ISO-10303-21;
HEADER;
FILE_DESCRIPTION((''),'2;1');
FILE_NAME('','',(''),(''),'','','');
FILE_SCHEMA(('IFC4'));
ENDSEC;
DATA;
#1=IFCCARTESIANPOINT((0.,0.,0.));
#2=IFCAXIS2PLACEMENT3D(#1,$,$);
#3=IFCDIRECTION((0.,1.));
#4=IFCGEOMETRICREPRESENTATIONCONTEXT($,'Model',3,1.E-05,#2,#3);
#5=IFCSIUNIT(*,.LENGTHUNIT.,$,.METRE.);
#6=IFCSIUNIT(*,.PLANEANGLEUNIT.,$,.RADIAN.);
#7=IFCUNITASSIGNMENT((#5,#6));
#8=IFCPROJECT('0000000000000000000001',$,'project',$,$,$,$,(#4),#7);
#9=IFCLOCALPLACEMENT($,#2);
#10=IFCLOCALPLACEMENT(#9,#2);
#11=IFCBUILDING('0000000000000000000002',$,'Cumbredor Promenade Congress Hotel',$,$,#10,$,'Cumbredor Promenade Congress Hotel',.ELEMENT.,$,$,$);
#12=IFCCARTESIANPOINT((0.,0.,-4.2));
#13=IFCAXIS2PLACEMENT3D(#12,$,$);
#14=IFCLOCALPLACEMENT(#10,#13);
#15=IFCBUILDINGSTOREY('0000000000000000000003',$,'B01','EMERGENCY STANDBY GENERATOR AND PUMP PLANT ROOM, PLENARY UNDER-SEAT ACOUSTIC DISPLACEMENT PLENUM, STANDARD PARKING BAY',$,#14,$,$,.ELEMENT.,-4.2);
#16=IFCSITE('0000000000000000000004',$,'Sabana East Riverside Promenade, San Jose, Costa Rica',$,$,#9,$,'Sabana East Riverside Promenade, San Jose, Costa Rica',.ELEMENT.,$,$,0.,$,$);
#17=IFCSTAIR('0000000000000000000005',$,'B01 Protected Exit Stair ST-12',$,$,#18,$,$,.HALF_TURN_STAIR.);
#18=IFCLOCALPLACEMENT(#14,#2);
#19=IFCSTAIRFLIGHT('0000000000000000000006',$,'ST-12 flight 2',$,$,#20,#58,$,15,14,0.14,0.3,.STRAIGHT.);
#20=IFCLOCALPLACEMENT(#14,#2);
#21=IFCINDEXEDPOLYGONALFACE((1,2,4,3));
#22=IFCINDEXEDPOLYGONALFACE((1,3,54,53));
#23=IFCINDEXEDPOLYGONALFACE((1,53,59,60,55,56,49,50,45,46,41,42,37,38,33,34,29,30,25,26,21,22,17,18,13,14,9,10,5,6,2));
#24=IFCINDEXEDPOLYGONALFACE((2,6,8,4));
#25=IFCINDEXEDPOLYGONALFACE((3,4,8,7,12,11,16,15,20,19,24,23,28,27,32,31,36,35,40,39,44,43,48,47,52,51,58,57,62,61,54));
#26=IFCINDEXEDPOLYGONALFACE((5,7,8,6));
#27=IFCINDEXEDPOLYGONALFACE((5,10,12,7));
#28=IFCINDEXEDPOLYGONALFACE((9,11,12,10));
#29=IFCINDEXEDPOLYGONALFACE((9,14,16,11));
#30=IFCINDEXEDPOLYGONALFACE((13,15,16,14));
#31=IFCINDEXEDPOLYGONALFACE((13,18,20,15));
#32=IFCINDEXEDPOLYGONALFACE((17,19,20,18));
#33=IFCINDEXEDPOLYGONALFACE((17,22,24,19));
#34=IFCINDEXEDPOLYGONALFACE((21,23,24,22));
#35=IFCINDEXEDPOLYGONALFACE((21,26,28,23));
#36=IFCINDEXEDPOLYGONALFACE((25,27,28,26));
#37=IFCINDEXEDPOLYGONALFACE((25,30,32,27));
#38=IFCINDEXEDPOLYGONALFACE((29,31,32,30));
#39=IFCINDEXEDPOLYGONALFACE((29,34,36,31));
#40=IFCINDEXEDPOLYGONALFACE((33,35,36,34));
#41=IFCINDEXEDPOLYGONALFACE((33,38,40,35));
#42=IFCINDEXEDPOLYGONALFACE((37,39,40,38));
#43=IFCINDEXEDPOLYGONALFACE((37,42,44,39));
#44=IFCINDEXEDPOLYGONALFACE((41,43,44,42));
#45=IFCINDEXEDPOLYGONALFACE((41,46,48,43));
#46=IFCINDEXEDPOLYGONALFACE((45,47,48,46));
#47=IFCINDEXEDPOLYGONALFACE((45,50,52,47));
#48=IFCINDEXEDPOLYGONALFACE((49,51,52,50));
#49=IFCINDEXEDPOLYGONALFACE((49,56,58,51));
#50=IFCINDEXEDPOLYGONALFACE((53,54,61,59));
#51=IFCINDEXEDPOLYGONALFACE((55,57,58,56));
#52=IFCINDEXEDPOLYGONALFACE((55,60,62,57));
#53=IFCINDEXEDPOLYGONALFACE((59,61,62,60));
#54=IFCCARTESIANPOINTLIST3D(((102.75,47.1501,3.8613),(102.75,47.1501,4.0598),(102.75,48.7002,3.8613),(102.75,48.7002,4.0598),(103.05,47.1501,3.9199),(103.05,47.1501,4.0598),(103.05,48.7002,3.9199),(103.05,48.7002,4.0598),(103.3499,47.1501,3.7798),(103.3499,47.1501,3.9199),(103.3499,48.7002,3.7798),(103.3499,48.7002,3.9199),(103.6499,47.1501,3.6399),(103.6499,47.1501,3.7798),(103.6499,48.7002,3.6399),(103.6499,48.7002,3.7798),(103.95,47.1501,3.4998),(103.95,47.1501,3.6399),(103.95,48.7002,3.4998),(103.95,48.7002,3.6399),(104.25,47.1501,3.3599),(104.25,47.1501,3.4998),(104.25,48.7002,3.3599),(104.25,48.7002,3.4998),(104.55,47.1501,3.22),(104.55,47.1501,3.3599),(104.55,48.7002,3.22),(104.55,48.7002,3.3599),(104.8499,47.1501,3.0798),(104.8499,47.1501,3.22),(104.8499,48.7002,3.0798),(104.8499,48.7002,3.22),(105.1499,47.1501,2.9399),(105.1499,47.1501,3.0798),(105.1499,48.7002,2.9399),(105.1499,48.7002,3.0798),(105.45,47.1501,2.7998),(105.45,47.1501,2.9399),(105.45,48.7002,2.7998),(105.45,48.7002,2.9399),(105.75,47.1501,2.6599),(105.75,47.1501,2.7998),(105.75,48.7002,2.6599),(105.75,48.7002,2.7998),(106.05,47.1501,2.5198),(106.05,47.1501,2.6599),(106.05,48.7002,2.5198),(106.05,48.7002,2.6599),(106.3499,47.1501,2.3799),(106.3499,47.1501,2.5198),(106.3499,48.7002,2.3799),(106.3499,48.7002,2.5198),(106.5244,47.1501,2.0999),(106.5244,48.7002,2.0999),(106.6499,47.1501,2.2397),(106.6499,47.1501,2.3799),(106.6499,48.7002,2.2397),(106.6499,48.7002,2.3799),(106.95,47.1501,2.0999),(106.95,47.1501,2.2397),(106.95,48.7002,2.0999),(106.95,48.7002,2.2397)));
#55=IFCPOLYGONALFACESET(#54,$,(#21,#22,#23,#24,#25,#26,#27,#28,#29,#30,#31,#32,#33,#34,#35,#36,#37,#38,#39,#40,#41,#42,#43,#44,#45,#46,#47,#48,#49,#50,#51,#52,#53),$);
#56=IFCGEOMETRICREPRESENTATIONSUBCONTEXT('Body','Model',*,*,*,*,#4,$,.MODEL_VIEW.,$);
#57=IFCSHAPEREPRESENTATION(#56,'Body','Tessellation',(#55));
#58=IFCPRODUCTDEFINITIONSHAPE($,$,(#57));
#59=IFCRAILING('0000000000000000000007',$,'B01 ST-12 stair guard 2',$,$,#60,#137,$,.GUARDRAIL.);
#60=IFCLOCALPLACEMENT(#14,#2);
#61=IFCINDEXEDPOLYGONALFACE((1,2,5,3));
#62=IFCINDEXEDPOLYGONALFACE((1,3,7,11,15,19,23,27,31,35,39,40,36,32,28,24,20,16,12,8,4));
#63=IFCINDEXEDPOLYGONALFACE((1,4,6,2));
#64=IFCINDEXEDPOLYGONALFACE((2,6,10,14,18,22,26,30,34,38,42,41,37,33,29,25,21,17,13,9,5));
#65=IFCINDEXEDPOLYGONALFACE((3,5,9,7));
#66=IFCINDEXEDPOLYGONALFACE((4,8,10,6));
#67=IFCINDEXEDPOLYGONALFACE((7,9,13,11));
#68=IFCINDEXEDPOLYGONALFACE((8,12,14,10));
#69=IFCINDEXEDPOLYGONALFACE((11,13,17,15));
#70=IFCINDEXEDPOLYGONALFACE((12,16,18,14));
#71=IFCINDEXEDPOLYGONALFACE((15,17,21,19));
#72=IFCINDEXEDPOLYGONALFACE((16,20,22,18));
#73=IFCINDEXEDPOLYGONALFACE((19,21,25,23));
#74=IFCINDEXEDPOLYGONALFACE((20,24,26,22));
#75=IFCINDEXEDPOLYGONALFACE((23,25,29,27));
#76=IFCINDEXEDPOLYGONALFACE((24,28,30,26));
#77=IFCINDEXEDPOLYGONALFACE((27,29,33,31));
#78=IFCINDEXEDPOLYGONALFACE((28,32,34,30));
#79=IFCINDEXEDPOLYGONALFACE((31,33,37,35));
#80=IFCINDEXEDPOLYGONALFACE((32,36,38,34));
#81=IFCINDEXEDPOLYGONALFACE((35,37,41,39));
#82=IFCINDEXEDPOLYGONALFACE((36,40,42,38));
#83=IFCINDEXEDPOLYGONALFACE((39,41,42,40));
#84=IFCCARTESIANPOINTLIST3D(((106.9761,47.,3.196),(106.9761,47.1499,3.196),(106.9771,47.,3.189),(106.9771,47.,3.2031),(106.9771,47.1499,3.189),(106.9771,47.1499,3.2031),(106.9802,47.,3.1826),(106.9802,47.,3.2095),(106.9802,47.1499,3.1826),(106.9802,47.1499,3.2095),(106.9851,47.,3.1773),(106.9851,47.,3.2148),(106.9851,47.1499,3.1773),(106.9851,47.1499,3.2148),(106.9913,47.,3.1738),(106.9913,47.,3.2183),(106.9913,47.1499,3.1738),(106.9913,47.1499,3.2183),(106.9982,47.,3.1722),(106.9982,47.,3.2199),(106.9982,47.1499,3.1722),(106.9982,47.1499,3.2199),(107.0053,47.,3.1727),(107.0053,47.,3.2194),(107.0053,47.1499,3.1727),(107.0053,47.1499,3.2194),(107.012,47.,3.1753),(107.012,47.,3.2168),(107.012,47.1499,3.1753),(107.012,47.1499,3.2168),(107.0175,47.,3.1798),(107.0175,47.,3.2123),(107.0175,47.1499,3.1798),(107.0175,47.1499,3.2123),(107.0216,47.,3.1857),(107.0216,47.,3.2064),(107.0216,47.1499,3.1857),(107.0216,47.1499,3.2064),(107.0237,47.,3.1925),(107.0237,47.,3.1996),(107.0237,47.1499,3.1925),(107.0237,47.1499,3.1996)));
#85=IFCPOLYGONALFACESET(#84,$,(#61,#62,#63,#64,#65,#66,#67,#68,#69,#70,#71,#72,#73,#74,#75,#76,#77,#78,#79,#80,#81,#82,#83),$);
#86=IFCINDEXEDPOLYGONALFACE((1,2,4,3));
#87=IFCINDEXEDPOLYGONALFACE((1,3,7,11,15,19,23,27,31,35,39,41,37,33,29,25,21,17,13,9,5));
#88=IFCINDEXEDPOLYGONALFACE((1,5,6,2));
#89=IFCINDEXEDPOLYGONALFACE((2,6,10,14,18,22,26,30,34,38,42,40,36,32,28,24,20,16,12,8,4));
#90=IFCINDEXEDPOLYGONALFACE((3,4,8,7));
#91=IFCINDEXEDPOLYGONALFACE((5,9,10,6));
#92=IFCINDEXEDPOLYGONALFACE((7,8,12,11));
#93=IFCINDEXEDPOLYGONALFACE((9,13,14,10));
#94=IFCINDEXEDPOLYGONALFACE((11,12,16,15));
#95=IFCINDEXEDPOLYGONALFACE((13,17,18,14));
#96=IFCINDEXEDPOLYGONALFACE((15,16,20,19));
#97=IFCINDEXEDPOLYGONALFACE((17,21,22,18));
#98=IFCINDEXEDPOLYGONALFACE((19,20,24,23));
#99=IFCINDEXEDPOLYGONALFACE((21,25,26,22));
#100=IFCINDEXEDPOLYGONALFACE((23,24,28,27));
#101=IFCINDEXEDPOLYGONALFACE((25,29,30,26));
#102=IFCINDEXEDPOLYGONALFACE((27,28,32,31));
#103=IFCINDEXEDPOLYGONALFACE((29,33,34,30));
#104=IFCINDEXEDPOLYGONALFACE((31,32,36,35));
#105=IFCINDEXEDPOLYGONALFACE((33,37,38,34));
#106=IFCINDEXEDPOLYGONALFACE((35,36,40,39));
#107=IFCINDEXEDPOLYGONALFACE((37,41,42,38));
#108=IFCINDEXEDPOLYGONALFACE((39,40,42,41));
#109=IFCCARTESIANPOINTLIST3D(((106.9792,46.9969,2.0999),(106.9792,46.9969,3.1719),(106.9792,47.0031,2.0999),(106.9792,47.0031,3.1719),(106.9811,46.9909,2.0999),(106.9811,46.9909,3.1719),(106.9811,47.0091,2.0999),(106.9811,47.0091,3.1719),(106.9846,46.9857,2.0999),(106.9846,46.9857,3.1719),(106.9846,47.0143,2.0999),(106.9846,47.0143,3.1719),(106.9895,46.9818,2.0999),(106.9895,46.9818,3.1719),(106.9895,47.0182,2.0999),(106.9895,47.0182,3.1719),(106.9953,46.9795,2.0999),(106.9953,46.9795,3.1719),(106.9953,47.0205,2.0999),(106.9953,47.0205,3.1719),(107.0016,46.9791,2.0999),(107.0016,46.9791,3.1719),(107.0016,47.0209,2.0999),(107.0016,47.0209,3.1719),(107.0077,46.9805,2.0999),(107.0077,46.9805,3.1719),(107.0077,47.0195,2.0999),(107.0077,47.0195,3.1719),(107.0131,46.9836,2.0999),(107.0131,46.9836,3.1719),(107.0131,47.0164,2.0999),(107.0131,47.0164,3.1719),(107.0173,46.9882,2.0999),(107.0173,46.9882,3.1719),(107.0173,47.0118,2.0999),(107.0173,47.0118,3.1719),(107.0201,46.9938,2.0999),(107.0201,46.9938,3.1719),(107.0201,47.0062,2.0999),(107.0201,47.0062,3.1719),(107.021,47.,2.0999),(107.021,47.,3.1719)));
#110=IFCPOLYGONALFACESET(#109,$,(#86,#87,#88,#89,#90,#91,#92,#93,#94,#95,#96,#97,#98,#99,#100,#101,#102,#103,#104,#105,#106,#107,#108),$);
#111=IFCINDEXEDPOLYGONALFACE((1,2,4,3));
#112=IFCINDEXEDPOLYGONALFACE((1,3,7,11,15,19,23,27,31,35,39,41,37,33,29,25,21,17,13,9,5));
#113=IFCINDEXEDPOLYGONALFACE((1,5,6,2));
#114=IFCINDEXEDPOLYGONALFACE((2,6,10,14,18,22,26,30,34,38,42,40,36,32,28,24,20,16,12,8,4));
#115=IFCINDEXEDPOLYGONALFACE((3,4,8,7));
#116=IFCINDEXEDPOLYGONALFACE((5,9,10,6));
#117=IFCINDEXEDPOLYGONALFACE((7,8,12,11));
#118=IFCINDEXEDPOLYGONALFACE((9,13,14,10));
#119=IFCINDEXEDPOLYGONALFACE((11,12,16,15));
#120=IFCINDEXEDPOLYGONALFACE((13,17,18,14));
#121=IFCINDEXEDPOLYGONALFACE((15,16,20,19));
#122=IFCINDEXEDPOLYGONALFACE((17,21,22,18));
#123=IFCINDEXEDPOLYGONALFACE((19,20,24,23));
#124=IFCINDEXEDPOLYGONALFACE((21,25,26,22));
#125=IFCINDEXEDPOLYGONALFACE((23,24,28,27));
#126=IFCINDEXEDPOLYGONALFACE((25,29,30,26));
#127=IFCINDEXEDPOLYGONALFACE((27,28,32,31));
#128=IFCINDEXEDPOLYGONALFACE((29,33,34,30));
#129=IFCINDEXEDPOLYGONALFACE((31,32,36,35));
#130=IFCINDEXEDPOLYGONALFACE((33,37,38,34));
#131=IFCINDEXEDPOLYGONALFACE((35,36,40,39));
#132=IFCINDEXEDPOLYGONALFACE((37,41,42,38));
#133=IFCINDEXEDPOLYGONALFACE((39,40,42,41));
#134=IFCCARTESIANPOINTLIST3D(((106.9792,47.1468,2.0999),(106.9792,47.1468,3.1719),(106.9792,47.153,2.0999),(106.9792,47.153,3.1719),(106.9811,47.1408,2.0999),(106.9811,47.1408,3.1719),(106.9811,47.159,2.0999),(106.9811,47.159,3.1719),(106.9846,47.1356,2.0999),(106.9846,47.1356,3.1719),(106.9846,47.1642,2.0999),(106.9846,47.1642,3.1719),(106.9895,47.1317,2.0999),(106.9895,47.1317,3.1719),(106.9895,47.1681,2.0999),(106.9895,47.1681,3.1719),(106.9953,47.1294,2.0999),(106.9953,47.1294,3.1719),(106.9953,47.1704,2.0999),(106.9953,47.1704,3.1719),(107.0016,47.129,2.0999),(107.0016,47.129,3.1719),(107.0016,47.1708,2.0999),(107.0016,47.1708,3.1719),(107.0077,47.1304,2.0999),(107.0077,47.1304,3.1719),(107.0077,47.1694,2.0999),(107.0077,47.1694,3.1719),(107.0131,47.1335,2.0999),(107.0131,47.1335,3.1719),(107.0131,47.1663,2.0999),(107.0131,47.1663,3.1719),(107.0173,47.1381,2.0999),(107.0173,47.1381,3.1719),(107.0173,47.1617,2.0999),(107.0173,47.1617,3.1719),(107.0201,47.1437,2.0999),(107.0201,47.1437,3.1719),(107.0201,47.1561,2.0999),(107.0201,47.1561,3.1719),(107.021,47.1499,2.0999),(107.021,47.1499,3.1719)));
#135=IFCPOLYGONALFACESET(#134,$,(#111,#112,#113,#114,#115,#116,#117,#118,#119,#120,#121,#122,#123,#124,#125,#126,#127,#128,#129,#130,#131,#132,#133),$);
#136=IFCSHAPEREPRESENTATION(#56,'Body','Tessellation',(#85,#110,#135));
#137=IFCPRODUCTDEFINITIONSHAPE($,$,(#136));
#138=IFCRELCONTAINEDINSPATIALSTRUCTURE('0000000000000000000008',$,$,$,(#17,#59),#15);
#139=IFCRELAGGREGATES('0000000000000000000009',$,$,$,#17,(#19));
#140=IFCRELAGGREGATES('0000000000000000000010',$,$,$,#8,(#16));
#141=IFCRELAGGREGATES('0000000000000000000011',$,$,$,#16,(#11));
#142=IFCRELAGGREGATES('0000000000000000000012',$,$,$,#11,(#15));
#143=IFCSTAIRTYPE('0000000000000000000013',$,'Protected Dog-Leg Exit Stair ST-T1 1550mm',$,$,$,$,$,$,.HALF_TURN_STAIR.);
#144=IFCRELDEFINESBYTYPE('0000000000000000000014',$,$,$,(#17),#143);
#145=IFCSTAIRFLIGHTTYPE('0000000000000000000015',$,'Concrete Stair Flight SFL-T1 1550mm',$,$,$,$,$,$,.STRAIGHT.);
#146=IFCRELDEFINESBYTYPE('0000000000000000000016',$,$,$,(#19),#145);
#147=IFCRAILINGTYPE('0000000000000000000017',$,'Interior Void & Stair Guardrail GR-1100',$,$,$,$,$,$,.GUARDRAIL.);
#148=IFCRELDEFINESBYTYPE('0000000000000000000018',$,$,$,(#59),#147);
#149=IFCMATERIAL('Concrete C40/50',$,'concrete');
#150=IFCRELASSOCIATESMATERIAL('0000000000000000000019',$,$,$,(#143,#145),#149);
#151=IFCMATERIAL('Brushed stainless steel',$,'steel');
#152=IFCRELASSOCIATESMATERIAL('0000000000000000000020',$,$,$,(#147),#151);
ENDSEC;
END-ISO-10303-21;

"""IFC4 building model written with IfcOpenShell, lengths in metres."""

from ifc_helpers import new_model, si_unit, direction, frame, origin, origin_2d, place, context, subcontext, project, spatial, polyline, circle, outline, extrude, material, type_object, element, aggregate, save


model = new_model("IFC4")

# Units and contexts
model_context = context("Model", 3, precision=1e-05, world=origin(), true_north=direction((0.0, 1.0)))
body_context = subcontext(model_context, "Body", "Model", "MODEL_VIEW")
ifc_project = project(units=[si_unit("LENGTHUNIT", "METRE"), si_unit("PLANEANGLEUNIT", "RADIAN")], contexts=[model_context])

# Site, building, storey
site_placement = place(None, origin())
site = spatial("IfcSite", under=ifc_project, at=site_placement, Name="Sabana East Riverside Promenade, San Jose, Costa Rica", LongName="Sabana East Riverside Promenade, San Jose, Costa Rica", CompositionType="ELEMENT", RefElevation=0.0)
building_placement = place(site_placement, origin())
building = spatial("IfcBuilding", under=site, at=building_placement, Name="Cumbredor Promenade Congress Hotel", LongName="Cumbredor Promenade Congress Hotel", CompositionType="ELEMENT")
storey_placement = place(building_placement, frame((0.0, 0.0, -4.2)))
storey = spatial("IfcBuildingStorey", under=building, at=storey_placement, Name="B01", Description="EMERGENCY STANDBY GENERATOR AND PUMP PLANT ROOM, PLENARY UNDER-SEAT ACOUSTIC DISPLACEMENT PLENUM, STANDARD PARKING BAY", CompositionType="ELEMENT", Elevation=-4.2)

# Shared definitions
ifc_material_1 = material(Name="Concrete C40/50", Category="concrete")

# Stair, stair flight
stair_type = type_object("IfcStairType", Name="Protected Dog-Leg Exit Stair ST-T1 1550mm", PredefinedType="HALF_TURN_STAIR", material=ifc_material_1)
stair_placement = place(storey_placement, origin())
stair = element("IfcStair", 1, at=stair_placement, inside=storey, type_object=stair_type, Name="B01 Protected Exit Stair ST-12", PredefinedType="HALF_TURN_STAIR")
stair_flight_type = type_object("IfcStairFlightType", Name="Concrete Stair Flight SFL-T1 1550mm", PredefinedType="STRAIGHT", material=ifc_material_1)
stair_flight_placement = place(storey_placement, frame((106.95, 47.925, 2.0999), z_axis=(0.0, 0.0, 1.0), x_axis=(-1.0, 0.0, 0.0)))
stair_flight = element("IfcStairFlight", 2, at=stair_flight_placement, type_object=stair_flight_type, Name="ST-12 flight 2", NumberOfRisers=15, NumberOfTreads=14, PredefinedType="STRAIGHT", RiserHeight=0.14, TreadLength=0.3, context=body_context, shape_type="SweptSolid", body=[
    extrude(outline(polyline([(0.0, 0.0), (0.0, 0.1399), (0.3, 0.1399), (0.3, 0.28), (0.6001, 0.28), (0.6001, 0.4199), (0.8999, 0.4199), (0.8999, 0.5601), (1.2, 0.5601), (1.2, 0.7), (1.5, 0.7), (1.5, 0.8401), (1.8, 0.8401), (1.8, 0.98), (2.1001, 0.98), (2.1001, 1.1201), (2.3999, 1.1201), (2.3999, 1.26), (2.7, 1.26), (2.7, 1.3999), (3.0, 1.3999), (3.0, 1.54), (3.3, 1.54), (3.3, 1.6799), (3.6001, 1.6799), (3.6001, 1.8201), (3.8999, 1.8201), (3.8999, 1.96), (4.2, 1.96), (4.2, 2.1001), (4.2, 1.7615), (0.4255, 0.0), (0.0, 0.0)])), frame((0.0, 0.7749, 0.0), z_axis=(0.0, -1.0, 0.0), x_axis=(1.0, 0.0, 0.0)), (0.0, 0.0, 1.0), 1.55),
])
aggregate(stair, [stair_flight])

# Railing
ifc_material_2 = material(Name="Brushed stainless steel", Category="steel")
railing_type_1 = type_object("IfcRailingType", Name="Interior Void & Stair Guardrail GR-1100", PredefinedType="GUARDRAIL", material=ifc_material_2)
railing_1_placement = place(storey_placement, frame((107.0, 47.0, 2.0999)))
element("IfcRailing", 3, at=railing_1_placement, inside=storey, type_object=railing_type_1, Name="B01 ST-12 stair guard 2", PredefinedType="GUARDRAIL", context=body_context, shape_type="SweptSolid", body=[
    extrude(circle(Radius=0.0239, at=origin_2d()), frame((0.0, 0.0, 1.0962), z_axis=(0.0, 1.0, 0.0), x_axis=(-1.0, 0.0, 0.0)), (0.0, 0.0, 1.0), 0.1499),
    extrude(circle(Radius=0.021, at=origin_2d()), origin(), (0.0, 0.0, 1.0), 1.072),
    extrude(circle(Radius=0.021, at=origin_2d()), frame((0.0, 0.1499, 0.0)), (0.0, 0.0, 1.0), 1.072),
])

save(model, "model.ifc")
